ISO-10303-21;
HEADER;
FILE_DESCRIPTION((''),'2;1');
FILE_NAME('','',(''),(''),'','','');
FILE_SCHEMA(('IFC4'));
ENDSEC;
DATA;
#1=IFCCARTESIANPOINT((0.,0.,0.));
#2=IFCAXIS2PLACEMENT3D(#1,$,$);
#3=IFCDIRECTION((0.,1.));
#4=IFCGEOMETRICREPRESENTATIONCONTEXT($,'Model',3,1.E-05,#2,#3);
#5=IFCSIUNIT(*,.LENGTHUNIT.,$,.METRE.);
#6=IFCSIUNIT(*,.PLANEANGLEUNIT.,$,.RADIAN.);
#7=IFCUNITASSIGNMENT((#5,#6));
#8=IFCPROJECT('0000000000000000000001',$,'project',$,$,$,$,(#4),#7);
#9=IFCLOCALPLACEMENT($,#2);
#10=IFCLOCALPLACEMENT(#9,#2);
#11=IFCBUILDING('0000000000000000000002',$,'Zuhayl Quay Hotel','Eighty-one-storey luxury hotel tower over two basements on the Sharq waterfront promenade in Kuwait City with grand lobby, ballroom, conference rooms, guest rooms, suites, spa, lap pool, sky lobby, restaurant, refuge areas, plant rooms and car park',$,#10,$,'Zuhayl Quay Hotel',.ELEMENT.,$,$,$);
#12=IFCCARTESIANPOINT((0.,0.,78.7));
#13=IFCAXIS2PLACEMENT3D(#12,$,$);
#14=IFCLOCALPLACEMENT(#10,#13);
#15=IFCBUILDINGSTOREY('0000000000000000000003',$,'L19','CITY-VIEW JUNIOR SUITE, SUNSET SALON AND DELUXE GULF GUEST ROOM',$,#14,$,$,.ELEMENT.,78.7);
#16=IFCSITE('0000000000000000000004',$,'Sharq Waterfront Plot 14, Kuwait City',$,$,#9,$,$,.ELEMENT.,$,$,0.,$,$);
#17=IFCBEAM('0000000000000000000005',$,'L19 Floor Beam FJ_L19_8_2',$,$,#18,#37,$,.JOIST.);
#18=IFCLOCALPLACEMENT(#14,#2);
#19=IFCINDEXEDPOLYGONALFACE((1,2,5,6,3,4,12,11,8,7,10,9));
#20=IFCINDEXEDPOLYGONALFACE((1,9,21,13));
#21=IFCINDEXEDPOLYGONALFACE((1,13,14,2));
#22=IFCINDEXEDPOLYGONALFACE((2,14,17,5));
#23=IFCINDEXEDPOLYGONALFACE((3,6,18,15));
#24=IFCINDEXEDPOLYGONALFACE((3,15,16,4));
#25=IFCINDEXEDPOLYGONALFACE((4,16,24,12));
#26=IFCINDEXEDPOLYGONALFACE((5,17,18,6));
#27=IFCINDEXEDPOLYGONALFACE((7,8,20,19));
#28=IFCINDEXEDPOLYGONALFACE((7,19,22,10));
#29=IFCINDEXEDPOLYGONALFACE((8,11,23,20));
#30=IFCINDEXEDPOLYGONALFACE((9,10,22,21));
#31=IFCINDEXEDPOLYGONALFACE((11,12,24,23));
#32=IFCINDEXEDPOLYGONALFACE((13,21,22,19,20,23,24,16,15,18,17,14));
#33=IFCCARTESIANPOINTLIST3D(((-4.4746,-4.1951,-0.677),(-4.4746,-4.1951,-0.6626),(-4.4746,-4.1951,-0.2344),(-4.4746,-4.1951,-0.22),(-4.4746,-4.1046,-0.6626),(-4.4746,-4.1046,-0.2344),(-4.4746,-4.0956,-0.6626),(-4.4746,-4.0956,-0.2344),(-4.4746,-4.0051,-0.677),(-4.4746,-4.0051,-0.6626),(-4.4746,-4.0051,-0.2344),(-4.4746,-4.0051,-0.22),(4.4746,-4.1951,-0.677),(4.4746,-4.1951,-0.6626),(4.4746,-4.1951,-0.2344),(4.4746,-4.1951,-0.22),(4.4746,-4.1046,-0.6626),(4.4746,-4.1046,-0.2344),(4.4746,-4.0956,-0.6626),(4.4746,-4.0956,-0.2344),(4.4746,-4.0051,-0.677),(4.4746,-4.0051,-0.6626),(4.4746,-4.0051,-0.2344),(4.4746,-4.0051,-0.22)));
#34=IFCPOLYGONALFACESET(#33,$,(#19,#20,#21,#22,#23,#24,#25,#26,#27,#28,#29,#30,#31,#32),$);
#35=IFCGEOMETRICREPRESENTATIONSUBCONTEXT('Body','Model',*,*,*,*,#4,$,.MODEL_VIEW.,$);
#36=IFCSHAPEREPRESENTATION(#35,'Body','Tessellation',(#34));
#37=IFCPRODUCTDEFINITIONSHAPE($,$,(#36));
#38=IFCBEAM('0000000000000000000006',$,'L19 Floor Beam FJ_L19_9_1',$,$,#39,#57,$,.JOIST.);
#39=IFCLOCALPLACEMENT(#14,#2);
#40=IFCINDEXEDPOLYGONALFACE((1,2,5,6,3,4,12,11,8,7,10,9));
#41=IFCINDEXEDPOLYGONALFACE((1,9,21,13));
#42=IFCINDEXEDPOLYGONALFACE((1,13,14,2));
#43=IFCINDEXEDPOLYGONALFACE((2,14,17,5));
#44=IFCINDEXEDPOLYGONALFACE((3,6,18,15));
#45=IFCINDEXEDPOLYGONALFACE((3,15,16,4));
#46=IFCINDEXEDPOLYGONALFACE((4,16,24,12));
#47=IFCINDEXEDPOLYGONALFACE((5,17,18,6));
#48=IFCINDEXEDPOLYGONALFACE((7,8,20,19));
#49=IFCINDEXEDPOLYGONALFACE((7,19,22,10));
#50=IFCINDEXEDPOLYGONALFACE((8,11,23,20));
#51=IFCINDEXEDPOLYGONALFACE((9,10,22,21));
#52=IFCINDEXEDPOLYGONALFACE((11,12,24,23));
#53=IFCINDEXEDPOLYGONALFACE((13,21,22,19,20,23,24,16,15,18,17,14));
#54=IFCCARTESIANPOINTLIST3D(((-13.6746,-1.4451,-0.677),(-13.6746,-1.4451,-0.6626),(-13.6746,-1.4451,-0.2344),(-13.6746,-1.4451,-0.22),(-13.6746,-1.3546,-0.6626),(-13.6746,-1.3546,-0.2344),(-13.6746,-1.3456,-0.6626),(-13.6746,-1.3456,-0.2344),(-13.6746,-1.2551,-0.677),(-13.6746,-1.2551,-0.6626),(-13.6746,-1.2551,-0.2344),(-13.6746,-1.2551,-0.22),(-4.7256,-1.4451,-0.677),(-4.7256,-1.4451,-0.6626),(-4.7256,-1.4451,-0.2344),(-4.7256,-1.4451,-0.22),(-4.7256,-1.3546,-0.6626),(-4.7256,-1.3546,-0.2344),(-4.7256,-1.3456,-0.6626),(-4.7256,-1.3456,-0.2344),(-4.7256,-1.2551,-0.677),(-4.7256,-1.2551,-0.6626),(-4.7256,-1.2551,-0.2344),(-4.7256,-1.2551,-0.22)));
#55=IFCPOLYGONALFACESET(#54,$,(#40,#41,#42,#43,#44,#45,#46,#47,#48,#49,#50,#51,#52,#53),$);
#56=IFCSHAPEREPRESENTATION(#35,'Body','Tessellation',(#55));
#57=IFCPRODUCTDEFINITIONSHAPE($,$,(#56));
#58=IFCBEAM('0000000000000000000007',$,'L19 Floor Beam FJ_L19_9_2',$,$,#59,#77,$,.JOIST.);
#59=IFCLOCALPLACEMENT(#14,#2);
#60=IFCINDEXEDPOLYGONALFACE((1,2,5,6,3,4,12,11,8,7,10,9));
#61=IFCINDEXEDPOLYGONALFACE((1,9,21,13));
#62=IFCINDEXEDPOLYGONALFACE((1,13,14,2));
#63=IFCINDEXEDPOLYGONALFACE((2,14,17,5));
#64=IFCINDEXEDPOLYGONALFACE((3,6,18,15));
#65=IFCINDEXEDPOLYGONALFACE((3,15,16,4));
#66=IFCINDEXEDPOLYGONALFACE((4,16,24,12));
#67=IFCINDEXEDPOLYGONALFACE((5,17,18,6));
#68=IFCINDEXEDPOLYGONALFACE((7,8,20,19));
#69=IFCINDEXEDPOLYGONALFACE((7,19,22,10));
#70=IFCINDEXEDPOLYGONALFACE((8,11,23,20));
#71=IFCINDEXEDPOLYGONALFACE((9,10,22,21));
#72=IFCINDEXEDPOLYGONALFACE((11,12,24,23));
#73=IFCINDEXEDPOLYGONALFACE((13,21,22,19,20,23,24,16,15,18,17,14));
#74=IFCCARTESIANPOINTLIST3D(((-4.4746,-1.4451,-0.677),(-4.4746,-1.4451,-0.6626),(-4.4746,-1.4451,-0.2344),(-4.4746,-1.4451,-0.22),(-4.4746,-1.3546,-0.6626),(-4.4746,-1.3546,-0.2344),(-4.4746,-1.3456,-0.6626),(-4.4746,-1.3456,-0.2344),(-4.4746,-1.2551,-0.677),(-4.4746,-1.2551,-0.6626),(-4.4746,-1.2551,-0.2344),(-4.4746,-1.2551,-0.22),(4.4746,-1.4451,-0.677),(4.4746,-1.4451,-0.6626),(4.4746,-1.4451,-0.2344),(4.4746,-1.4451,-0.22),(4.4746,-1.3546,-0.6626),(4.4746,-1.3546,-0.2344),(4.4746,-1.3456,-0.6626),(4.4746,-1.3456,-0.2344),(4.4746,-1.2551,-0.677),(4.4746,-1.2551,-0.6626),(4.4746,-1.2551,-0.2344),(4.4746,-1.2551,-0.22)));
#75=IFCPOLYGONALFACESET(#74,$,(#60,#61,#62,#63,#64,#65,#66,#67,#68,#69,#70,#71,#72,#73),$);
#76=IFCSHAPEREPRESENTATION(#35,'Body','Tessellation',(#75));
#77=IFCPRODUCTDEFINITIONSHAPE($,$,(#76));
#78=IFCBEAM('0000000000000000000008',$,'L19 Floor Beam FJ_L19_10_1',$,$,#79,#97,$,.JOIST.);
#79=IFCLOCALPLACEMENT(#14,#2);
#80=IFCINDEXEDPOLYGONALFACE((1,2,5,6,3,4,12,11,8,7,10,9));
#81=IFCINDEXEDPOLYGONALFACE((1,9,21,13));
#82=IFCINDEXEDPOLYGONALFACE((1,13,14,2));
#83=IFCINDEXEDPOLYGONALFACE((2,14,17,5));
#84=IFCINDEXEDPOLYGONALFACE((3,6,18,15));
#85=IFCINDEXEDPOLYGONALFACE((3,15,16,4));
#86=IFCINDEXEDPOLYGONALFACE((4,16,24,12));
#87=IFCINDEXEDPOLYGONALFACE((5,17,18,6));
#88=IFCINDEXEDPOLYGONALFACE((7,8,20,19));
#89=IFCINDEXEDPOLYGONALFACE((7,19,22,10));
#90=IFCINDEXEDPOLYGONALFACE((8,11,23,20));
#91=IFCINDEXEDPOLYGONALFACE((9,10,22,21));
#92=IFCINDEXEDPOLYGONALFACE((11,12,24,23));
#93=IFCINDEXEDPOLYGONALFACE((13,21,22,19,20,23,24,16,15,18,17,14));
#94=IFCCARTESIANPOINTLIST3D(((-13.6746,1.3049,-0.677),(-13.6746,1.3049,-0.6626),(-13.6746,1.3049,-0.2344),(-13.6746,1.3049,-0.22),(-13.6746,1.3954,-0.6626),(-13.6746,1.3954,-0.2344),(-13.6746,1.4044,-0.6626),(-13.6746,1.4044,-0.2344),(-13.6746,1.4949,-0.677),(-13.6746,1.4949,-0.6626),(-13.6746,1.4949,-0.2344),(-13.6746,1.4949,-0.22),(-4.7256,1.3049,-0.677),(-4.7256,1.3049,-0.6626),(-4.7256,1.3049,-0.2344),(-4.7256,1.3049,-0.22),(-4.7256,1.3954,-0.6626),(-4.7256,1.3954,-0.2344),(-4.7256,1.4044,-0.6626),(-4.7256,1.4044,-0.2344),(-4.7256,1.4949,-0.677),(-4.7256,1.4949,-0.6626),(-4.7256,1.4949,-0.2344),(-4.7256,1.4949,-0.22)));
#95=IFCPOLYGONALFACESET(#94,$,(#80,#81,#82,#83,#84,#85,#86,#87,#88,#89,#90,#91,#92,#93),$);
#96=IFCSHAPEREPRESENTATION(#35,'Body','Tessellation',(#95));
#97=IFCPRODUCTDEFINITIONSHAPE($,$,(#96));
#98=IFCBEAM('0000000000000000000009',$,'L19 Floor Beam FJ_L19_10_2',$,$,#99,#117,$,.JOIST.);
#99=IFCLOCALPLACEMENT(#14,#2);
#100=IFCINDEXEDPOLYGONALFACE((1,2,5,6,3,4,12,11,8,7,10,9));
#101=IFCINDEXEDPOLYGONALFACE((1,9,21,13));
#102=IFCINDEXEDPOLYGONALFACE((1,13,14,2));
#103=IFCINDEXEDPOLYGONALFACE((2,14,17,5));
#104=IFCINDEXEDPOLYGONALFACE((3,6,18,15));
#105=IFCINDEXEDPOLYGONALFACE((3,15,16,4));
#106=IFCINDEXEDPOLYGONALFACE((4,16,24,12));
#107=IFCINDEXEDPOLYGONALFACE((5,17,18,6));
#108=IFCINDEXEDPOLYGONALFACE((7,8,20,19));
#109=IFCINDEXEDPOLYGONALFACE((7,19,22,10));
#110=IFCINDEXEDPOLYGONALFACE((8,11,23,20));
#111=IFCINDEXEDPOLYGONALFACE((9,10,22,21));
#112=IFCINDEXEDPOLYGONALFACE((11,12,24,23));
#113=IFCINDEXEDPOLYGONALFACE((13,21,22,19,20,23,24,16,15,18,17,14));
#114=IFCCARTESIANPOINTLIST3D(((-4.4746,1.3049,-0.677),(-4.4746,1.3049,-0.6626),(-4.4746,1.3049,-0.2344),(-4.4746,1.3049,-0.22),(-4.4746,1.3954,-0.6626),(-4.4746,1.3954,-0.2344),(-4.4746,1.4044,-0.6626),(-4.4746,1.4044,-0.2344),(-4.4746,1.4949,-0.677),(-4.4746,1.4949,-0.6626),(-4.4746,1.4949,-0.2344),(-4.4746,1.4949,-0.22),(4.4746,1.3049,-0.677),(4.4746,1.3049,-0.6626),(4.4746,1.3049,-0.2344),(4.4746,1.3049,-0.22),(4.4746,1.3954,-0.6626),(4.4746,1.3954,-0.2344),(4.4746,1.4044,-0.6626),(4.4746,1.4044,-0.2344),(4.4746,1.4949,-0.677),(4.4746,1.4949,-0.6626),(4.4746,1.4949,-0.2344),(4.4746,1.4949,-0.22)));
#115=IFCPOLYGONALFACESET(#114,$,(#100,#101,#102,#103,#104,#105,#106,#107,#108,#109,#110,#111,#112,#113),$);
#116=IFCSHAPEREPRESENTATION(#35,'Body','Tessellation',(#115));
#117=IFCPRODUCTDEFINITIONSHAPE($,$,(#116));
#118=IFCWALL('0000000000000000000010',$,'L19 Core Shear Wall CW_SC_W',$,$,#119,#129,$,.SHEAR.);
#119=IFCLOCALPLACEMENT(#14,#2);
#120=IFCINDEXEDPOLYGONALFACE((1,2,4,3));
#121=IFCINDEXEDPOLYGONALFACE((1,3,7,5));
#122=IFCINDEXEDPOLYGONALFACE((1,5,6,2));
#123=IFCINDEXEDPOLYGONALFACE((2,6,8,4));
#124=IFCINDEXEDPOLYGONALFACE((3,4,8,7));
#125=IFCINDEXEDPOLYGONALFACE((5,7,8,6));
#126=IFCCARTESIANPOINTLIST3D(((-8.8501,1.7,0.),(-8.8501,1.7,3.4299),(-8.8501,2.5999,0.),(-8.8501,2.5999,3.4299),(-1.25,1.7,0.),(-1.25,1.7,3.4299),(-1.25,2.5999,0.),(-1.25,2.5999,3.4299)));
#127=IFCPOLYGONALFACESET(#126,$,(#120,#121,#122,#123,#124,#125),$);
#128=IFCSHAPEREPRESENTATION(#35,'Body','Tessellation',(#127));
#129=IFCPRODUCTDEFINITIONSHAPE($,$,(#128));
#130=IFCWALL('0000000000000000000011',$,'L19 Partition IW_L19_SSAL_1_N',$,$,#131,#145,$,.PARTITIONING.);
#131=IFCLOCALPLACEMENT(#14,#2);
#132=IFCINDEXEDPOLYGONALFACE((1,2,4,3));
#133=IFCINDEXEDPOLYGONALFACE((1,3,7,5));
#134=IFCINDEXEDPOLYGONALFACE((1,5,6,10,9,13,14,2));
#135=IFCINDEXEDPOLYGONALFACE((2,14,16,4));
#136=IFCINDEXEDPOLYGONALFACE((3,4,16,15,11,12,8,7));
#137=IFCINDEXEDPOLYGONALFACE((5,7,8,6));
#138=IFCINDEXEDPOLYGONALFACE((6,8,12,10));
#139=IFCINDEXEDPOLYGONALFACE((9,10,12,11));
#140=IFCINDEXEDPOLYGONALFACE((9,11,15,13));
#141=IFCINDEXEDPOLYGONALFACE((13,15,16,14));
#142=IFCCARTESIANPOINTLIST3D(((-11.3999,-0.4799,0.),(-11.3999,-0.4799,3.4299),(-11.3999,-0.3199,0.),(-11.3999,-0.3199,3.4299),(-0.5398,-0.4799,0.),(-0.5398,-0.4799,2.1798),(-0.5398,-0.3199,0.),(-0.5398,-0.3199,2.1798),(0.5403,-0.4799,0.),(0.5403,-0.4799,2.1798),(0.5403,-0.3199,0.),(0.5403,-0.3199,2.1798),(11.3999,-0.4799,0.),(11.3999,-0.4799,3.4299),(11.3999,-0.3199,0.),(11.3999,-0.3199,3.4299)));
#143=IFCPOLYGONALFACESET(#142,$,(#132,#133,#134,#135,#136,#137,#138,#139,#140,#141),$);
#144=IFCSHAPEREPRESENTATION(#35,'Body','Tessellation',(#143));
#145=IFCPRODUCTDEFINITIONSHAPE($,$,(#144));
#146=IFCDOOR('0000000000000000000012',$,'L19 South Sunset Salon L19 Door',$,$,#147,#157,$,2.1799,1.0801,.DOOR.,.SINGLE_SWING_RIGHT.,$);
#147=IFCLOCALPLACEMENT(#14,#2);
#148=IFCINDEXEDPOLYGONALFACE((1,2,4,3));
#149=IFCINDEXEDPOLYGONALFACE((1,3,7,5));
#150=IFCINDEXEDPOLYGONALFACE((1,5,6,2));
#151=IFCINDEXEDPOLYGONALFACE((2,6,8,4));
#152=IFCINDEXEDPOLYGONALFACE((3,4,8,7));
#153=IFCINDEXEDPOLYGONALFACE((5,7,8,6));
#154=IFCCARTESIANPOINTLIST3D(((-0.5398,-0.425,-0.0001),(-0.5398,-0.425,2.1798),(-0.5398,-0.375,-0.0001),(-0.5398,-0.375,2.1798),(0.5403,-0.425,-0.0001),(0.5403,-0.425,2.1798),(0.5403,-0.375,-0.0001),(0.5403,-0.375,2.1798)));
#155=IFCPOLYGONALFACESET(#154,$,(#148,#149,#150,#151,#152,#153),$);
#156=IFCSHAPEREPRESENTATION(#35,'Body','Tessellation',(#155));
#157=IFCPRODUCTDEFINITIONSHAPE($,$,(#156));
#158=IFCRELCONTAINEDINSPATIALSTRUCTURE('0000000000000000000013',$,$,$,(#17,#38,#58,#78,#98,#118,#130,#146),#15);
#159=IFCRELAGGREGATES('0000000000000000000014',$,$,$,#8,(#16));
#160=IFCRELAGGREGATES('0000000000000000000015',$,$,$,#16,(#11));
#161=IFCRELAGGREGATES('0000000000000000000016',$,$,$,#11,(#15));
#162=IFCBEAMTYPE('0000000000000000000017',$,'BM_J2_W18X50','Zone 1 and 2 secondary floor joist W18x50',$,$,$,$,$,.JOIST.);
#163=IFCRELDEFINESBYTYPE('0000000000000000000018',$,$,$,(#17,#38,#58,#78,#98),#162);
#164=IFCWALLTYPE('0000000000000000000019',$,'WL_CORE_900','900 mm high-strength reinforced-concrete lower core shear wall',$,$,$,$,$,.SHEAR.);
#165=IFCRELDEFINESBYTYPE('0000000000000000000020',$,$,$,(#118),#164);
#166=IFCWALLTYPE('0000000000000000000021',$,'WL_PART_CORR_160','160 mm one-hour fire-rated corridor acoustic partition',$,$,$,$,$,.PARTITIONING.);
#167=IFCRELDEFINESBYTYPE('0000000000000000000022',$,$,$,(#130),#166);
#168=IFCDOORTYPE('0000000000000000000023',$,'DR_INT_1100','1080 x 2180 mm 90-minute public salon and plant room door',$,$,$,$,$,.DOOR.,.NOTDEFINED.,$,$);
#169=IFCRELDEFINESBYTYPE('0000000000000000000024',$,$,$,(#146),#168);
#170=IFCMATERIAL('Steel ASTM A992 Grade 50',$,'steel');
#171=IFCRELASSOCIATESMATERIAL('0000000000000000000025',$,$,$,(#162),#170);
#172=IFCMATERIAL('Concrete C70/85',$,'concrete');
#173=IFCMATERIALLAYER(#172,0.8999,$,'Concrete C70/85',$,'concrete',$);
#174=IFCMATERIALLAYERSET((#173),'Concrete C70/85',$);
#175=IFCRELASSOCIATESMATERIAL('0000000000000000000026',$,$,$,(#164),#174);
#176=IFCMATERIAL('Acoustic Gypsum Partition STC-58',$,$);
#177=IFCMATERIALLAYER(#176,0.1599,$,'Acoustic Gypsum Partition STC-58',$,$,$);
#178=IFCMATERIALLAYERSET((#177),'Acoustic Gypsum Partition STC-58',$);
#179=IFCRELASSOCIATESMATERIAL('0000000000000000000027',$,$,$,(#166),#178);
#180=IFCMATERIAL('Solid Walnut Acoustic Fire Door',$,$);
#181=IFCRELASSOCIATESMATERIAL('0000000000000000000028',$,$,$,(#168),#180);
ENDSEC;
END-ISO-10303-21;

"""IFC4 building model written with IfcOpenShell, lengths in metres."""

from ifc_helpers import new_model, si_unit, direction, frame, frame_2d, origin, origin_2d, place, context, subcontext, project, spatial, rectangle, i_section, extrude, material, layer, layer_set, material_profile, profile_set, type_object, element, fill, save


model = new_model("IFC4")

# Units and contexts
model_context = context("Model", 3, precision=1e-05, world=origin(), true_north=direction((0.0, 1.0)))
body_context = subcontext(model_context, "Body", "Model", "MODEL_VIEW")
ifc_project = project(units=[si_unit("LENGTHUNIT", "METRE"), si_unit("PLANEANGLEUNIT", "RADIAN")], contexts=[model_context])

# Site, building, storey
site_placement = place(None, origin())
site = spatial("IfcSite", under=ifc_project, at=site_placement, Name="Sharq Waterfront Plot 14, Kuwait City", CompositionType="ELEMENT", RefElevation=0.0)
building_placement = place(site_placement, origin())
building = spatial("IfcBuilding", under=site, at=building_placement, Name="Zuhayl Quay Hotel", Description="Eighty-one-storey luxury hotel tower over two basements on the Sharq waterfront promenade in Kuwait City with grand lobby, ballroom, conference rooms, guest rooms, suites, spa, lap pool, sky lobby, restaurant, refuge areas, plant rooms and car park", LongName="Zuhayl Quay Hotel", CompositionType="ELEMENT")
storey_placement = place(building_placement, frame((0.0, 0.0, 78.7)))
storey = spatial("IfcBuildingStorey", under=building, at=storey_placement, Name="L19", Description="CITY-VIEW JUNIOR SUITE, SUNSET SALON AND DELUXE GULF GUEST ROOM", CompositionType="ELEMENT", Elevation=78.7)

# Shared definitions
ifc_material_1 = material(Name="Concrete C70/85", Category="concrete")

# Beams
ifc_material_2 = material(Name="Steel ASTM A992 Grade 50", Category="steel")
ifc_material_profile_1 = material_profile(ifc_material_2, i_section(OverallWidth=0.1899, OverallDepth=0.457, WebThickness=0.009, FlangeThickness=0.0144, at=origin_2d()), Name="W18X50")
ifc_profile_set_1 = profile_set([ifc_material_profile_1], Name="Steel ASTM A992 Grade 50")
beam_type_1 = type_object("IfcBeamType", Name="BM_J2_W18X50", Description="Zone 1 and 2 secondary floor joist W18x50", PredefinedType="JOIST", material=ifc_profile_set_1)
beam_1_placement = place(storey_placement, frame((-4.4746, -4.1001, -0.4485), z_axis=(1.0, 0.0, 0.0), x_axis=(0.0, 1.0, 0.0)))
element("IfcBeam", 1, at=beam_1_placement, inside=storey, type_object=beam_type_1, Name="L19 Floor Beam FJ_L19_8_2", PredefinedType="JOIST", context=body_context, shape_type="SweptSolid", body=[
    extrude(i_section(OverallWidth=0.1899, OverallDepth=0.457, WebThickness=0.009, FlangeThickness=0.0144, at=origin_2d()), origin(), (0.0, 0.0, 1.0), 8.9492),
])
beam_2_placement = place(storey_placement, frame((-13.6746, -1.3501, -0.4485), z_axis=(1.0, 0.0, 0.0), x_axis=(0.0, 1.0, 0.0)))
element("IfcBeam", 2, at=beam_2_placement, inside=storey, type_object=beam_type_1, Name="L19 Floor Beam FJ_L19_9_1", PredefinedType="JOIST", context=body_context, shape_type="SweptSolid", body=[
    extrude(i_section(OverallWidth=0.1899, OverallDepth=0.457, WebThickness=0.009, FlangeThickness=0.0144, at=origin_2d()), origin(), (0.0, 0.0, 1.0), 8.949),
])
beam_3_placement = place(storey_placement, frame((-4.4746, -1.3501, -0.4485), z_axis=(1.0, 0.0, 0.0), x_axis=(0.0, 1.0, 0.0)))
element("IfcBeam", 3, at=beam_3_placement, inside=storey, type_object=beam_type_1, Name="L19 Floor Beam FJ_L19_9_2", PredefinedType="JOIST", context=body_context, shape_type="SweptSolid", body=[
    extrude(i_section(OverallWidth=0.1899, OverallDepth=0.457, WebThickness=0.009, FlangeThickness=0.0144, at=origin_2d()), origin(), (0.0, 0.0, 1.0), 8.9492),
])
beam_4_placement = place(storey_placement, frame((-13.6746, 1.3999, -0.4485), z_axis=(1.0, 0.0, 0.0), x_axis=(0.0, 1.0, 0.0)))
element("IfcBeam", 4, at=beam_4_placement, inside=storey, type_object=beam_type_1, Name="L19 Floor Beam FJ_L19_10_1", PredefinedType="JOIST", context=body_context, shape_type="SweptSolid", body=[
    extrude(i_section(OverallWidth=0.1899, OverallDepth=0.457, WebThickness=0.009, FlangeThickness=0.0144, at=origin_2d()), origin(), (0.0, 0.0, 1.0), 8.949),
])
beam_5_placement = place(storey_placement, frame((-4.4746, 1.3999, -0.4485), z_axis=(1.0, 0.0, 0.0), x_axis=(0.0, 1.0, 0.0)))
element("IfcBeam", 5, at=beam_5_placement, inside=storey, type_object=beam_type_1, Name="L19 Floor Beam FJ_L19_10_2", PredefinedType="JOIST", context=body_context, shape_type="SweptSolid", body=[
    extrude(i_section(OverallWidth=0.1899, OverallDepth=0.457, WebThickness=0.009, FlangeThickness=0.0144, at=origin_2d()), origin(), (0.0, 0.0, 1.0), 8.9492),
])

# Wall
ifc_layer_1 = layer(ifc_material_1, 0.8999, Name="Concrete C70/85", Category="concrete")
ifc_layer_set_1 = layer_set([ifc_layer_1], Name="Concrete C70/85")
wall_type_1 = type_object("IfcWallType", Name="WL_CORE_900", Description="900 mm high-strength reinforced-concrete lower core shear wall", PredefinedType="SHEAR", material=ifc_layer_set_1)
wall_1_placement = place(storey_placement, frame((-8.8501, 2.1499, 0.0), z_axis=(0.0, 0.0, 1.0), x_axis=(1.0, 0.0, 0.0)))
element("IfcWall", 6, at=wall_1_placement, inside=storey, type_object=wall_type_1, Name="L19 Core Shear Wall CW_SC_W", PredefinedType="SHEAR", context=body_context, shape_type="SweptSolid", body=[
    extrude(rectangle(XDim=7.6001, YDim=0.8999, at=frame_2d((3.8, 0.0))), origin(), (0.0, 0.0, 1.0), 3.4299),
])

# Wall, opening, door
ifc_material_3 = material(Name="Acoustic Gypsum Partition STC-58")
ifc_layer_2 = layer(ifc_material_3, 0.1599, Name="Acoustic Gypsum Partition STC-58")
ifc_layer_set_2 = layer_set([ifc_layer_2], Name="Acoustic Gypsum Partition STC-58")
wall_type_2 = type_object("IfcWallType", Name="WL_PART_CORR_160", Description="160 mm one-hour fire-rated corridor acoustic partition", PredefinedType="PARTITIONING", material=ifc_layer_set_2)
wall_2_placement = place(storey_placement, frame((-11.3999, -0.3999, 0.0), z_axis=(0.0, 0.0, 1.0), x_axis=(1.0, 0.0, 0.0)))
wall_2 = element("IfcWall", 7, at=wall_2_placement, inside=storey, type_object=wall_type_2, Name="L19 Partition IW_L19_SSAL_1_N", PredefinedType="PARTITIONING", context=body_context, shape_type="SweptSolid", body=[
    extrude(rectangle(XDim=22.7998, YDim=0.1599, at=frame_2d((11.3999, 0.0))), origin(), (0.0, 0.0, 1.0), 3.4299),
])
opening_1_placement = place(wall_2_placement, frame((10.8601, 0.0, 0.0)))
opening_1 = element("IfcOpeningElement", 8, at=opening_1_placement, cuts=wall_2, PredefinedType="OPENING", context=body_context, shape_type="SweptSolid", body=[
    extrude(rectangle(XDim=1.0801, YDim=2.1799, at=frame_2d((0.54, 1.0898))), frame((0.0, 0.0898, 0.0), z_axis=(0.0, -1.0, 0.0), x_axis=(1.0, 0.0, 0.0)), (0.0, 0.0, 1.0), 0.1799),
])
ifc_material_4 = material(Name="Solid Walnut Acoustic Fire Door")
door_type_1 = type_object("IfcDoorType", Name="DR_INT_1100", Description="1080 x 2180 mm 90-minute public salon and plant room door", OperationType="NOTDEFINED", PredefinedType="DOOR", material=ifc_material_4)
door_1_placement = place(opening_1_placement, origin())
door_1 = element("IfcDoor", 9, at=door_1_placement, inside=storey, type_object=door_type_1, Name="L19 South Sunset Salon L19 Door", OperationType="SINGLE_SWING_RIGHT", OverallHeight=2.1799, OverallWidth=1.0801, PredefinedType="DOOR", context=body_context, shape_type="SweptSolid", body=[
    extrude(rectangle(XDim=1.0801, YDim=2.1799, at=frame_2d((0.54, 1.0898))), frame((0.0, 0.0249, 0.0), z_axis=(0.0, -1.0, 0.0), x_axis=(1.0, 0.0, 0.0)), (0.0, 0.0, 1.0), 0.05),
])
fill(opening_1, door_1)

save(model, "model.ifc")
